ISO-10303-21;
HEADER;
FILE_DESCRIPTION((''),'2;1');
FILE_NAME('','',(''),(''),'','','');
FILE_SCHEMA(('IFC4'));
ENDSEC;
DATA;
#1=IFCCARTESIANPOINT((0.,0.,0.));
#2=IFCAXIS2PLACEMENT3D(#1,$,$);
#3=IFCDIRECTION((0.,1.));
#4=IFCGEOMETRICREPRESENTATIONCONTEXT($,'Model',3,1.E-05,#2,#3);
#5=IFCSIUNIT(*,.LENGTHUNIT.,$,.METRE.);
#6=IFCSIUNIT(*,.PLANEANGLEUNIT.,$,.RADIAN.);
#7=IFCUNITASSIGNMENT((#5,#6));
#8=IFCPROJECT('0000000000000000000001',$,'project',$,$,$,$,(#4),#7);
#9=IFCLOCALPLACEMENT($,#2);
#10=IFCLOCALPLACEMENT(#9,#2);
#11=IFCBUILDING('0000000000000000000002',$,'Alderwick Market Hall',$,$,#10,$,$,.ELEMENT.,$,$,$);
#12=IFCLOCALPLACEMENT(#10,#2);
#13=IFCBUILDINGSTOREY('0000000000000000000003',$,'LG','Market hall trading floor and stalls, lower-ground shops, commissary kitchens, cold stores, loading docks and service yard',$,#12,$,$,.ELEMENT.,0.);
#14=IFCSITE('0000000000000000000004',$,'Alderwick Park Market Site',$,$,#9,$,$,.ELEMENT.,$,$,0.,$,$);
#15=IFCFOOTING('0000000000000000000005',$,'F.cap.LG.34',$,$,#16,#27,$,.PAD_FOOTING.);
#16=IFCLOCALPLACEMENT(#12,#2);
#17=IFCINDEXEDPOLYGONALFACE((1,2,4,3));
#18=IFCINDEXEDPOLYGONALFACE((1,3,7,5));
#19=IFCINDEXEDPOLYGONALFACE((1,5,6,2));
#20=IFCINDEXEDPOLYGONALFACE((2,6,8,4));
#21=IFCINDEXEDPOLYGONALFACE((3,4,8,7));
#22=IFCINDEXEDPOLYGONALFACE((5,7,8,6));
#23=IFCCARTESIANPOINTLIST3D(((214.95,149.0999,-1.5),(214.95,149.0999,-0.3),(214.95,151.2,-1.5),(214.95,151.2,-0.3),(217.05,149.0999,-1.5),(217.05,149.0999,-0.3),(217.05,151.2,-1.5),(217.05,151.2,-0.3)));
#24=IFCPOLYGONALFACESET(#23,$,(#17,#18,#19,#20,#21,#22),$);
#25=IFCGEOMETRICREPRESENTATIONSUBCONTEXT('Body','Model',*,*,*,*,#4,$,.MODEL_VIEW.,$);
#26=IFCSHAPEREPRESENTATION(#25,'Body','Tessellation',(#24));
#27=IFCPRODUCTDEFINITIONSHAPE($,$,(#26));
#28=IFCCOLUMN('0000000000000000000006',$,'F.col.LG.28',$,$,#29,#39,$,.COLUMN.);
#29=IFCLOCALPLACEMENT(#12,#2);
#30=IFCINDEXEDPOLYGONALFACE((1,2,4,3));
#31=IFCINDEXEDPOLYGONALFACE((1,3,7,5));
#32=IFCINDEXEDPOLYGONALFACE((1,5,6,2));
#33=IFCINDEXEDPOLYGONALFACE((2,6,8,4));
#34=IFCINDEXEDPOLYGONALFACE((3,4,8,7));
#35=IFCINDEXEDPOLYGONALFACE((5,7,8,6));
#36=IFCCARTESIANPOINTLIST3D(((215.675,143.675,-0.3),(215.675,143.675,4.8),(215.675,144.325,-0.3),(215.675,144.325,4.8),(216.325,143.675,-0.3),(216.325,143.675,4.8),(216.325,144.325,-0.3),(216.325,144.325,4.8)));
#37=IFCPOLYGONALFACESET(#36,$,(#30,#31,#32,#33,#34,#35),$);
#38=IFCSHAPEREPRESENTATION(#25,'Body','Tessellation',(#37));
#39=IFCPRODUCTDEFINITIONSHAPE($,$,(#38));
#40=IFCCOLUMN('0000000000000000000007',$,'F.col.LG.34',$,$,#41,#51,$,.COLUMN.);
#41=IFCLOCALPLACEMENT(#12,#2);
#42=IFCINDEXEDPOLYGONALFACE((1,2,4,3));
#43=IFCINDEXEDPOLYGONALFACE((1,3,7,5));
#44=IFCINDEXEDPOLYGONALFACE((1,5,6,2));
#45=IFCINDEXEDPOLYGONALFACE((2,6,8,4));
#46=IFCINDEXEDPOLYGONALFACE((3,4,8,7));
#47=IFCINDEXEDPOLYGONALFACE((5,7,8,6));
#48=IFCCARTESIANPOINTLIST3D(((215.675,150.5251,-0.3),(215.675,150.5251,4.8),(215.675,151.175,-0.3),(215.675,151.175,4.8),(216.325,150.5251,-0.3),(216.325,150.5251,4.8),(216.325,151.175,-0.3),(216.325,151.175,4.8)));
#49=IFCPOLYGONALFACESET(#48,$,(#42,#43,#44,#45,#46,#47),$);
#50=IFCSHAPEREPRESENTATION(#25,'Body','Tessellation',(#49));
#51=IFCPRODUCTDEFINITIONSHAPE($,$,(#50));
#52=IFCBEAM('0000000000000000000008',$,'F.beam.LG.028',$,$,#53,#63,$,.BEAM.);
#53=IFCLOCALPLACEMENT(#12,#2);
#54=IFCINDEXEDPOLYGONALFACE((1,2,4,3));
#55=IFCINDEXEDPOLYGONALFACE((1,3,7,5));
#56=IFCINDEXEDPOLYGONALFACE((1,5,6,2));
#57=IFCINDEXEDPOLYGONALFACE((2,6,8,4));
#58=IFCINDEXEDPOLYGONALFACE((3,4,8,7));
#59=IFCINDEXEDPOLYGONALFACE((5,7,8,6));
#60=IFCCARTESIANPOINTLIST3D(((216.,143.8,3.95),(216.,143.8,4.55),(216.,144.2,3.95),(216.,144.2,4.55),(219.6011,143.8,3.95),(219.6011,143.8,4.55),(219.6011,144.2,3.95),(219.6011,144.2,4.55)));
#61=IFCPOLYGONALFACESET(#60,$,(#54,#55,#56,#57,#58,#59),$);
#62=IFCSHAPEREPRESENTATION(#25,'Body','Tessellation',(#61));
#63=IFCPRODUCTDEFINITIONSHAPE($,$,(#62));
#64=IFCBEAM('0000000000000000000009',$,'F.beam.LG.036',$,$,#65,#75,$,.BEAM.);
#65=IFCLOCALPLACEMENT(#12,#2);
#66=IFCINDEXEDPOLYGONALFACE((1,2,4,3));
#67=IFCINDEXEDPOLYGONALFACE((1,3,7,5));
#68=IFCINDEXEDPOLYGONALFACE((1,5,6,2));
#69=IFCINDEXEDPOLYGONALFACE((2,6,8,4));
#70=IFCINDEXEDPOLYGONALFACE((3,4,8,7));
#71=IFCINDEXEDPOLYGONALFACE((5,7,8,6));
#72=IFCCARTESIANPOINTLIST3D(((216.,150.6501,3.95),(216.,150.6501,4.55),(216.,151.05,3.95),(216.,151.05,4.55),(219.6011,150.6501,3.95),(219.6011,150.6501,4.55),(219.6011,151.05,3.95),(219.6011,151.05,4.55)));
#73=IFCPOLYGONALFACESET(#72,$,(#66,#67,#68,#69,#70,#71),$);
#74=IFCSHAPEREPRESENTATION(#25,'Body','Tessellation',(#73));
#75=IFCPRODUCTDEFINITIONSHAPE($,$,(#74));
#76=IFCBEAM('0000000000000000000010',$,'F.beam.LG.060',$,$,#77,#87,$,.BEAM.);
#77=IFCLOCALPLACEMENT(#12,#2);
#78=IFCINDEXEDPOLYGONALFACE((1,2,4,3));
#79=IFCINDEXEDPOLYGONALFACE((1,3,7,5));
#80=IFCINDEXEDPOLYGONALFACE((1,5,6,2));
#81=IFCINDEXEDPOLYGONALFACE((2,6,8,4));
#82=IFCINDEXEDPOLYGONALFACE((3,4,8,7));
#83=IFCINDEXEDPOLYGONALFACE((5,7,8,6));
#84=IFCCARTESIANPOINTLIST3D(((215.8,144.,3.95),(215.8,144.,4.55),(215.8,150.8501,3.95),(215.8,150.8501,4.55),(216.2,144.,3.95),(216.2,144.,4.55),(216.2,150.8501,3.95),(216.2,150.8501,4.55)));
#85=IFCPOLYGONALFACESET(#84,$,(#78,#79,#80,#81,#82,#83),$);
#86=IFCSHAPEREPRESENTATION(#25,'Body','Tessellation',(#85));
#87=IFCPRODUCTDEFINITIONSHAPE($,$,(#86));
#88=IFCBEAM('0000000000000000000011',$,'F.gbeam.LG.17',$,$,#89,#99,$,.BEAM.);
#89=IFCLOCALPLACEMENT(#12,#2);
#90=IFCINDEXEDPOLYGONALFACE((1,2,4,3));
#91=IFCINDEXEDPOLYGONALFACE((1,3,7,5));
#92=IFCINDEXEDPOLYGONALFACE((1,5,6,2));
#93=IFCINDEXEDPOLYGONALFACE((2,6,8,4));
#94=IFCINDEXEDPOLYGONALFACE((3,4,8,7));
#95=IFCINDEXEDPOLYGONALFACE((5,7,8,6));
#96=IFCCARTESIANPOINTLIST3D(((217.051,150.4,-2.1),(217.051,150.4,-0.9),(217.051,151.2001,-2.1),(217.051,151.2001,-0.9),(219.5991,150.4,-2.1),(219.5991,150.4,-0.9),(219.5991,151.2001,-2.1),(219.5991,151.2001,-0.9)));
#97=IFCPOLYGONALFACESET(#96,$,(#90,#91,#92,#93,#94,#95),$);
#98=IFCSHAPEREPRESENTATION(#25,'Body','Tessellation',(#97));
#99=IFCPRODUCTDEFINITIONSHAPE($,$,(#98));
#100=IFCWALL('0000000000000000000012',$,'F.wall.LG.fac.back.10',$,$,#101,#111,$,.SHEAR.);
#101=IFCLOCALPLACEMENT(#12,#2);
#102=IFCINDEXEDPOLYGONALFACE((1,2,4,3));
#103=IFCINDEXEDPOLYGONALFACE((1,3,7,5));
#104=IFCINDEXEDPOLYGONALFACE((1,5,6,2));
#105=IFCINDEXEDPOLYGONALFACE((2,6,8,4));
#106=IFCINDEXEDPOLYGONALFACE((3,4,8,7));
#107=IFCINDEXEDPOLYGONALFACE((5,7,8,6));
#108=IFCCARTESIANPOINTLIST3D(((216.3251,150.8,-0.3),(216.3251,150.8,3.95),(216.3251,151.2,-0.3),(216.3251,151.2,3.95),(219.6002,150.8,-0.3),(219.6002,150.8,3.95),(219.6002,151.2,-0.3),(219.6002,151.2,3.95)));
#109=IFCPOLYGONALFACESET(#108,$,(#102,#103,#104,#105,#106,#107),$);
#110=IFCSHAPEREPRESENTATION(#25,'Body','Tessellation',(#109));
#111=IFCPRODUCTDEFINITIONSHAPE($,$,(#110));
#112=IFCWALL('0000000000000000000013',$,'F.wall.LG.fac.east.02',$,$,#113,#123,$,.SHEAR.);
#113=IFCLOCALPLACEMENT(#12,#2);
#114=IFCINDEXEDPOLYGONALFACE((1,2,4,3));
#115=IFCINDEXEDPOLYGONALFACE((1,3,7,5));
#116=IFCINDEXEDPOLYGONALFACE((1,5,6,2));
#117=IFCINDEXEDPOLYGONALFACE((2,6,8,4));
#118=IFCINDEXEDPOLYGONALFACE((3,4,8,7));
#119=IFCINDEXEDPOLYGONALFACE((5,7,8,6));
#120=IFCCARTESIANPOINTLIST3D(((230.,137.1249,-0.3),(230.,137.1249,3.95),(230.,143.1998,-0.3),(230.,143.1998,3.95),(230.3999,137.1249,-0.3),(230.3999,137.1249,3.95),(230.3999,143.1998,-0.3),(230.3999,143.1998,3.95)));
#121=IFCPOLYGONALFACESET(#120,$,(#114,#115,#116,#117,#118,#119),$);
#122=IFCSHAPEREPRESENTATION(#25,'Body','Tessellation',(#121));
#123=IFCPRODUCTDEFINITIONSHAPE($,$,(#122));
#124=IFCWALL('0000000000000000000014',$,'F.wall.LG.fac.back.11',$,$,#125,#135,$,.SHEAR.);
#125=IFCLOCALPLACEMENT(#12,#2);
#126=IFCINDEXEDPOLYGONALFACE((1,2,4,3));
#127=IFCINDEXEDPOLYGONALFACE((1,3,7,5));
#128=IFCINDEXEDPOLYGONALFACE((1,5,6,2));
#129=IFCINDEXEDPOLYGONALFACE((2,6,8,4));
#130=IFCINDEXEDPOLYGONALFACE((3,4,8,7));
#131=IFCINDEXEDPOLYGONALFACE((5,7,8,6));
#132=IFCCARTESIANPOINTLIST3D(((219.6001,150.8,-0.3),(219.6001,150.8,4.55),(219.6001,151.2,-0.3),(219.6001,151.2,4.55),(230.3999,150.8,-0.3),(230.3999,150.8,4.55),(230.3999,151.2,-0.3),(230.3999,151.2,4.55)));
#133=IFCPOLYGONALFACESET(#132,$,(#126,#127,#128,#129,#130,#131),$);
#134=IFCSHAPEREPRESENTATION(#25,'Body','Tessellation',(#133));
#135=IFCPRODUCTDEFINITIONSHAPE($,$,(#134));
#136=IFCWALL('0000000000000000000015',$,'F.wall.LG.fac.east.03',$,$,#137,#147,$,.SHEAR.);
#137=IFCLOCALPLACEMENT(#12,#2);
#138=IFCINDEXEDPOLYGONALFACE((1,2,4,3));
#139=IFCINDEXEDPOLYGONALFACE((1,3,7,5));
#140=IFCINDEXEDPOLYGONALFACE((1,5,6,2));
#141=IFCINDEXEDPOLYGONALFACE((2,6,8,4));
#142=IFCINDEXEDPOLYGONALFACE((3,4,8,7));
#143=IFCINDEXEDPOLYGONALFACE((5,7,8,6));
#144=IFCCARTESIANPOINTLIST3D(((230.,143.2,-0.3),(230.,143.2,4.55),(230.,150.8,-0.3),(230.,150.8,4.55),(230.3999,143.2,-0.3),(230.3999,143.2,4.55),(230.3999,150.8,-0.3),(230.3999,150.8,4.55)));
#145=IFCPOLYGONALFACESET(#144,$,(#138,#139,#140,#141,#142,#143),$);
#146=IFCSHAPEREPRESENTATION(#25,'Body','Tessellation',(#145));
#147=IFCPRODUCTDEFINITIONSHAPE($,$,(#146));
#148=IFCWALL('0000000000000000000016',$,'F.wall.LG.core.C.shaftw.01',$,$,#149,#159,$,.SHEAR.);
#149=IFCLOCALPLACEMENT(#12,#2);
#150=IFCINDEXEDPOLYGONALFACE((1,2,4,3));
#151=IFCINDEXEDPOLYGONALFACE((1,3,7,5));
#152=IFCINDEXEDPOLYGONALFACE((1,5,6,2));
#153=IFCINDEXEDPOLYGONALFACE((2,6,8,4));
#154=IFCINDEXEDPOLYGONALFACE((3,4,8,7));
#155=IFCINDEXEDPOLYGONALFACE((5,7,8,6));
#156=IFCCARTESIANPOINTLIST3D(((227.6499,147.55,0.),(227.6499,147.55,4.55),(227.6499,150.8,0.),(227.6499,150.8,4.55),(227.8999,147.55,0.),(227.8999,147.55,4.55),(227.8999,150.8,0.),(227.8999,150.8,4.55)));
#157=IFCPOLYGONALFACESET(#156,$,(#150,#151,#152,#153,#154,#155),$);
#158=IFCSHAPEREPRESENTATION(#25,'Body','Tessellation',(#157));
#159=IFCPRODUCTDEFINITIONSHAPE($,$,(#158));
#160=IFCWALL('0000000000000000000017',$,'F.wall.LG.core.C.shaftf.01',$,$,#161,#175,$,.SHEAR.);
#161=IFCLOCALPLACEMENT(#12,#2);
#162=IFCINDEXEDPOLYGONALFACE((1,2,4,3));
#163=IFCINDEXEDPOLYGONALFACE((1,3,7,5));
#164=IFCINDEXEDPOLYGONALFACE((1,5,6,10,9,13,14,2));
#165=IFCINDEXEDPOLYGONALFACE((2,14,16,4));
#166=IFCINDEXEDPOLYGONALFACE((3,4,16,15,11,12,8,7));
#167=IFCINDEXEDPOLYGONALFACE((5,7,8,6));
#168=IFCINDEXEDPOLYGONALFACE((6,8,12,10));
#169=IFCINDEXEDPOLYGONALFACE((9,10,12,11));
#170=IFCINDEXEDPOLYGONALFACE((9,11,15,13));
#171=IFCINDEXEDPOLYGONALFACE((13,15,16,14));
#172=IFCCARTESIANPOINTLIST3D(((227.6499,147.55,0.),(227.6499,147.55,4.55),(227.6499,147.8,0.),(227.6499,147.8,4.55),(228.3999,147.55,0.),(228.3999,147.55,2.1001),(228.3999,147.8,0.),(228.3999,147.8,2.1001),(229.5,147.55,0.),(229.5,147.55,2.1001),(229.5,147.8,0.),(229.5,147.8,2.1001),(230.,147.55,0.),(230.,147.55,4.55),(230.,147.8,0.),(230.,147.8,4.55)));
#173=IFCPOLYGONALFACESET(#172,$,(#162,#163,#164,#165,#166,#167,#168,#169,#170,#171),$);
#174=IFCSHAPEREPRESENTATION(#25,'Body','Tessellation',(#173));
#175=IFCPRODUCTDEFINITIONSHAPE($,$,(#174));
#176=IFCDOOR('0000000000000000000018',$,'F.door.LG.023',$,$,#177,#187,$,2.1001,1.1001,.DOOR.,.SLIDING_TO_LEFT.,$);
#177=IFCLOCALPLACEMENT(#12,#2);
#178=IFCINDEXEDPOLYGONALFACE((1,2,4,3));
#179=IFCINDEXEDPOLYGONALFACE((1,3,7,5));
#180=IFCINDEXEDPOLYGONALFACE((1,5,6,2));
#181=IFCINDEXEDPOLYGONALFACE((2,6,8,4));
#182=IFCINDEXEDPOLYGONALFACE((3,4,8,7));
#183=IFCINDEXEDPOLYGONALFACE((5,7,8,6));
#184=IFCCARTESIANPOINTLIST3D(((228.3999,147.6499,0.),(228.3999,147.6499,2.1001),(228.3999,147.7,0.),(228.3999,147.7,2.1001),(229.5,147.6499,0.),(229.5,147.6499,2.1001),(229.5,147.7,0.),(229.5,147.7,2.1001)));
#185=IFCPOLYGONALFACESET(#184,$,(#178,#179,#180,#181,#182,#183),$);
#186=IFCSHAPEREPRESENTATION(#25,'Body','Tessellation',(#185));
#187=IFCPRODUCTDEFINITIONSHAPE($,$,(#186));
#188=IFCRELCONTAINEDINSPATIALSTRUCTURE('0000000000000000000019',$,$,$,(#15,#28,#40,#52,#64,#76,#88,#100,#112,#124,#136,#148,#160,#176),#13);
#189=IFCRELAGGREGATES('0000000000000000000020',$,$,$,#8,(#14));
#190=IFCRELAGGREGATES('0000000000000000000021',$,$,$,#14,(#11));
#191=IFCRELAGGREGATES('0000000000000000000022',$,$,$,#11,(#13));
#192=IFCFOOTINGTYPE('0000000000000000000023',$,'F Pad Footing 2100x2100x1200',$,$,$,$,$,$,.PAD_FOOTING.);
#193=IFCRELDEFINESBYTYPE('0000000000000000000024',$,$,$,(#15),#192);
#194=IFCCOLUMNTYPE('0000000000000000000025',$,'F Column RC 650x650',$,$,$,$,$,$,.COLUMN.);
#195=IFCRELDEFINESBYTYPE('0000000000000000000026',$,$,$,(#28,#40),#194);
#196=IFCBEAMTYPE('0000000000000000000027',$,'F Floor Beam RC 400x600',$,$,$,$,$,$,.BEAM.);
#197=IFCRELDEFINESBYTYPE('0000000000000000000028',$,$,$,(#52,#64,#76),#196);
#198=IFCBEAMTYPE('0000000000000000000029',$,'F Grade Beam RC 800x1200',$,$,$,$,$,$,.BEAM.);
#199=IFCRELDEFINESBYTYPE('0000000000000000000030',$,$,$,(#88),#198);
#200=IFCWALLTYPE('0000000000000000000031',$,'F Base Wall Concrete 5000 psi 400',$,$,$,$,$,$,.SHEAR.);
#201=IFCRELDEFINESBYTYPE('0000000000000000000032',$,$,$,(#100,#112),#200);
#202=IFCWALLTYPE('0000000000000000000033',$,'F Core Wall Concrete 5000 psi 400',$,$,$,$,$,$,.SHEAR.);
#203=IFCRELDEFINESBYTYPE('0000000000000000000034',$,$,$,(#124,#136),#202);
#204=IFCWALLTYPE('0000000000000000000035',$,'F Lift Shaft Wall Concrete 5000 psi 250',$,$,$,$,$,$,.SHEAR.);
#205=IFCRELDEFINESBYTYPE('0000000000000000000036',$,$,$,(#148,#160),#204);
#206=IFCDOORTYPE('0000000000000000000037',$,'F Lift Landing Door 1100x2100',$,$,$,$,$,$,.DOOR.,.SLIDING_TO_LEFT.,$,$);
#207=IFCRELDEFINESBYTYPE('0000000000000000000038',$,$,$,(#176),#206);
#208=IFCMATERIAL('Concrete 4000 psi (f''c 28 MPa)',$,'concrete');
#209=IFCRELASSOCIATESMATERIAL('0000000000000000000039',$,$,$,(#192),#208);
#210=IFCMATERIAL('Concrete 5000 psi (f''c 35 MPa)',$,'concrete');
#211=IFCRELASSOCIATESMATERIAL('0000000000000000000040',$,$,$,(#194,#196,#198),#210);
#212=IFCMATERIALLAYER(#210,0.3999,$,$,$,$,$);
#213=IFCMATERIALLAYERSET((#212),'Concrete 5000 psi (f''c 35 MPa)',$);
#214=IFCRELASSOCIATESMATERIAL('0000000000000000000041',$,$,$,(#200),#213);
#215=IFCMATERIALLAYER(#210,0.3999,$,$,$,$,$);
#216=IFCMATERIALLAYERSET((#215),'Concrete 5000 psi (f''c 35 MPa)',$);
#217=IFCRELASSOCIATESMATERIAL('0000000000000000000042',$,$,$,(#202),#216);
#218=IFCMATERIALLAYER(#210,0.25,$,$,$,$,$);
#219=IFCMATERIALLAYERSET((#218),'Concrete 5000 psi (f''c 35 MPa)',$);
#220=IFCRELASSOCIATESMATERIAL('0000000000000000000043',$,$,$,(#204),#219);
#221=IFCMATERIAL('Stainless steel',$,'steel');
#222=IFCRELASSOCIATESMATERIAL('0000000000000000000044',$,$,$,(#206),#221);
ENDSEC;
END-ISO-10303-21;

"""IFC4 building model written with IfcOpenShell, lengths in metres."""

from ifc_helpers import new_model, si_unit, direction, frame, frame_2d, origin, origin_2d, place, context, subcontext, project, spatial, rectangle, extrude, material, layer, layer_set, material_profile, profile_set, type_object, element, fill, save


model = new_model("IFC4")

# Units and contexts
model_context = context("Model", 3, precision=1e-05, world=origin(), true_north=direction((0.0, 1.0)))
body_context = subcontext(model_context, "Body", "Model", "MODEL_VIEW")
ifc_project = project(units=[si_unit("LENGTHUNIT", "METRE"), si_unit("PLANEANGLEUNIT", "RADIAN")], contexts=[model_context])

# Site, building, storey
site_placement = place(None, origin())
site = spatial("IfcSite", under=ifc_project, at=site_placement, Name="Alderwick Park Market Site", CompositionType="ELEMENT", RefElevation=0.0)
building_placement = place(site_placement, origin())
building = spatial("IfcBuilding", under=site, at=building_placement, Name="Alderwick Market Hall", CompositionType="ELEMENT")
storey_placement = place(building_placement, origin())
storey = spatial("IfcBuildingStorey", under=building, at=storey_placement, Name="LG", Description="Market hall trading floor and stalls, lower-ground shops, commissary kitchens, cold stores, loading docks and service yard", CompositionType="ELEMENT", Elevation=0.0)

# Footing
ifc_material_1 = material(Name="Concrete 4000 psi (f'c 28 MPa)", Category="concrete")
footing_type = type_object("IfcFootingType", Name="F Pad Footing 2100x2100x1200", PredefinedType="PAD_FOOTING", material=ifc_material_1)
footing_placement = place(storey_placement, frame((216.0, 150.1499, -1.5), z_axis=(0.0, 0.0, 1.0), x_axis=(1.0, 0.0, 0.0)))
element("IfcFooting", 1, at=footing_placement, inside=storey, type_object=footing_type, Name="F.cap.LG.34", PredefinedType="PAD_FOOTING", context=body_context, shape_type="SweptSolid", body=[
    extrude(rectangle(XDim=2.1001, YDim=2.1001, at=origin_2d()), origin(), (0.0, 0.0, 1.0), 1.2),
])

# Columns
ifc_material_2 = material(Name="Concrete 5000 psi (f'c 35 MPa)", Category="concrete")
ifc_material_profile_1 = material_profile(ifc_material_2, rectangle(XDim=0.6499, YDim=0.6499, at=origin_2d()), Name="RC 650x650")
ifc_profile_set_1 = profile_set([ifc_material_profile_1], Name="Concrete 5000 psi (f'c 35 MPa)")
column_type = type_object("IfcColumnType", Name="F Column RC 650x650", PredefinedType="COLUMN", material=ifc_profile_set_1)
for number, where, z_axis, x_axis, name in (
    (2, (216.0, 144.0, -0.3), (0.0, 0.0, 1.0), (1.0, 0.0, 0.0), "F.col.LG.28"),
    (3, (216.0, 150.8501, -0.3), (0.0, 0.0, 1.0), (1.0, 0.0, 0.0), "F.col.LG.34"),
):
    element("IfcColumn", number, at=place(storey_placement, frame(where, z_axis=z_axis, x_axis=x_axis)), inside=storey, type_object=column_type, Name=name, PredefinedType="COLUMN", context=body_context, shape_type="SweptSolid", body=[
        extrude(rectangle(XDim=0.6499, YDim=0.6499, at=origin_2d()), origin(), (0.0, 0.0, 1.0), 5.1001),
    ])

# Beams
ifc_material_profile_2 = material_profile(ifc_material_2, rectangle(XDim=0.3999, YDim=0.6001, at=origin_2d()), Name="RC 400x600")
ifc_profile_set_2 = profile_set([ifc_material_profile_2], Name="Concrete 5000 psi (f'c 35 MPa)")
beam_type_1 = type_object("IfcBeamType", Name="F Floor Beam RC 400x600", PredefinedType="BEAM", material=ifc_profile_set_2)
for number, where, z_axis, x_axis, name in (
    (4, (216.0, 144.0, 4.25), (1.0, 0.0, 0.0), (0.0, 1.0, 0.0), "F.beam.LG.028"),
    (5, (216.0, 150.8501, 4.25), (1.0, 0.0, 0.0), (0.0, 1.0, 0.0), "F.beam.LG.036"),
):
    element("IfcBeam", number, at=place(storey_placement, frame(where, z_axis=z_axis, x_axis=x_axis)), inside=storey, type_object=beam_type_1, Name=name, PredefinedType="BEAM", context=body_context, shape_type="SweptSolid", body=[
        extrude(rectangle(XDim=0.3999, YDim=0.6001, at=origin_2d()), origin(), (0.0, 0.0, 1.0), 3.6011),
    ])
beam_1_placement = place(storey_placement, frame((216.0, 144.0, 4.25), z_axis=(0.0, 1.0, 0.0), x_axis=(-1.0, 0.0, 0.0)))
element("IfcBeam", 6, at=beam_1_placement, inside=storey, type_object=beam_type_1, Name="F.beam.LG.060", PredefinedType="BEAM", context=body_context, shape_type="SweptSolid", body=[
    extrude(rectangle(XDim=0.3999, YDim=0.6001, at=origin_2d()), origin(), (0.0, 0.0, 1.0), 6.8501),
])
ifc_material_profile_3 = material_profile(ifc_material_2, rectangle(XDim=0.8, YDim=1.2, at=origin_2d()), Name="RC 800x1200")
ifc_profile_set_3 = profile_set([ifc_material_profile_3], Name="Concrete 5000 psi (f'c 35 MPa)")
beam_type_2 = type_object("IfcBeamType", Name="F Grade Beam RC 800x1200", PredefinedType="BEAM", material=ifc_profile_set_3)
beam_2_placement = place(storey_placement, frame((217.051, 150.8, -1.5), z_axis=(1.0, 0.0, 0.0), x_axis=(0.0, 1.0, 0.0)))
element("IfcBeam", 7, at=beam_2_placement, inside=storey, type_object=beam_type_2, Name="F.gbeam.LG.17", PredefinedType="BEAM", context=body_context, shape_type="SweptSolid", body=[
    extrude(rectangle(XDim=0.8, YDim=1.2, at=origin_2d()), origin(), (0.0, 0.0, 1.0), 2.5481),
])

# Walls
ifc_layer_1 = layer(ifc_material_2, 0.3999)
ifc_layer_set_1 = layer_set([ifc_layer_1], Name="Concrete 5000 psi (f'c 35 MPa)")
wall_type_1 = type_object("IfcWallType", Name="F Base Wall Concrete 5000 psi 400", PredefinedType="SHEAR", material=ifc_layer_set_1)
wall_1_placement = place(storey_placement, frame((216.325, 151.0, -0.3), z_axis=(0.0, 0.0, 1.0), x_axis=(1.0, 0.0, 0.0)))
element("IfcWall", 8, at=wall_1_placement, inside=storey, type_object=wall_type_1, Name="F.wall.LG.fac.back.10", PredefinedType="SHEAR", context=body_context, shape_type="SweptSolid", body=[
    extrude(rectangle(XDim=3.2751, YDim=0.3999, at=frame_2d((1.6377, 0.0))), origin(), (0.0, 0.0, 1.0), 4.25),
])
wall_2_placement = place(storey_placement, frame((230.2, 143.2, -0.3), z_axis=(0.0, 0.0, 1.0), x_axis=(0.0, -1.0, 0.0)))
element("IfcWall", 9, at=wall_2_placement, inside=storey, type_object=wall_type_1, Name="F.wall.LG.fac.east.02", PredefinedType="SHEAR", context=body_context, shape_type="SweptSolid", body=[
    extrude(rectangle(XDim=6.075, YDim=0.3999, at=frame_2d((3.0376, 0.0))), origin(), (0.0, 0.0, 1.0), 4.25),
])
ifc_layer_2 = layer(ifc_material_2, 0.3999)
ifc_layer_set_2 = layer_set([ifc_layer_2], Name="Concrete 5000 psi (f'c 35 MPa)")
wall_type_2 = type_object("IfcWallType", Name="F Core Wall Concrete 5000 psi 400", PredefinedType="SHEAR", material=ifc_layer_set_2)
wall_3_placement = place(storey_placement, frame((219.6001, 151.0, -0.3), z_axis=(0.0, 0.0, 1.0), x_axis=(1.0, 0.0, 0.0)))
element("IfcWall", 10, at=wall_3_placement, inside=storey, type_object=wall_type_2, Name="F.wall.LG.fac.back.11", PredefinedType="SHEAR", context=body_context, shape_type="SweptSolid", body=[
    extrude(rectangle(XDim=10.7998, YDim=0.3999, at=frame_2d((5.3999, 0.0))), origin(), (0.0, 0.0, 1.0), 4.8501),
])
wall_4_placement = place(storey_placement, frame((230.2, 150.8, -0.3), z_axis=(0.0, 0.0, 1.0), x_axis=(0.0, -1.0, 0.0)))
element("IfcWall", 11, at=wall_4_placement, inside=storey, type_object=wall_type_2, Name="F.wall.LG.fac.east.03", PredefinedType="SHEAR", context=body_context, shape_type="SweptSolid", body=[
    extrude(rectangle(XDim=7.6001, YDim=0.3999, at=frame_2d((3.8, 0.0))), origin(), (0.0, 0.0, 1.0), 4.8501),
])
ifc_layer_3 = layer(ifc_material_2, 0.25)
ifc_layer_set_3 = layer_set([ifc_layer_3], Name="Concrete 5000 psi (f'c 35 MPa)")
wall_type_3 = type_object("IfcWallType", Name="F Lift Shaft Wall Concrete 5000 psi 250", PredefinedType="SHEAR", material=ifc_layer_set_3)
wall_5_placement = place(storey_placement, frame((227.7749, 147.55, 0.0), z_axis=(0.0, 0.0, 1.0), x_axis=(0.0, 1.0, 0.0)))
element("IfcWall", 12, at=wall_5_placement, inside=storey, type_object=wall_type_3, Name="F.wall.LG.core.C.shaftw.01", PredefinedType="SHEAR", context=body_context, shape_type="SweptSolid", body=[
    extrude(rectangle(XDim=3.25, YDim=0.25, at=frame_2d((1.625, 0.0))), origin(), (0.0, 0.0, 1.0), 4.55),
])

# Wall, opening, door
wall_6_placement = place(storey_placement, frame((227.6499, 147.675, 0.0), z_axis=(0.0, 0.0, 1.0), x_axis=(1.0, 0.0, 0.0)))
wall_6 = element("IfcWall", 13, at=wall_6_placement, inside=storey, type_object=wall_type_3, Name="F.wall.LG.core.C.shaftf.01", PredefinedType="SHEAR", context=body_context, shape_type="SweptSolid", body=[
    extrude(rectangle(XDim=2.3501, YDim=0.25, at=frame_2d((1.175, 0.0))), origin(), (0.0, 0.0, 1.0), 4.55),
])
opening_placement = place(wall_6_placement, frame((0.75, 0.0, 0.0)))
opening = element("IfcOpeningElement", 14, at=opening_placement, cuts=wall_6, PredefinedType="OPENING", context=body_context, shape_type="SweptSolid", body=[
    extrude(rectangle(XDim=1.1001, YDim=2.1001, at=frame_2d((0.55, 1.05))), frame((0.0, 0.135, 0.0), z_axis=(0.0, -1.0, 0.0), x_axis=(1.0, 0.0, 0.0)), (0.0, 0.0, 1.0), 0.27),
])
ifc_material_3 = material(Name="Stainless steel", Category="steel")
door_type = type_object("IfcDoorType", Name="F Lift Landing Door 1100x2100", OperationType="SLIDING_TO_LEFT", PredefinedType="DOOR", material=ifc_material_3)
door_placement = place(opening_placement, origin())
door = element("IfcDoor", 15, at=door_placement, inside=storey, type_object=door_type, Name="F.door.LG.023", OperationType="SLIDING_TO_LEFT", OverallHeight=2.1001, OverallWidth=1.1001, PredefinedType="DOOR", context=body_context, shape_type="SweptSolid", body=[
    extrude(rectangle(XDim=1.1001, YDim=2.1001, at=frame_2d((0.55, 1.05))), frame((0.0, 0.0249, 0.0), z_axis=(0.0, -1.0, 0.0), x_axis=(1.0, 0.0, 0.0)), (0.0, 0.0, 1.0), 0.05),
])
fill(opening, door)

save(model, "model.ifc")
